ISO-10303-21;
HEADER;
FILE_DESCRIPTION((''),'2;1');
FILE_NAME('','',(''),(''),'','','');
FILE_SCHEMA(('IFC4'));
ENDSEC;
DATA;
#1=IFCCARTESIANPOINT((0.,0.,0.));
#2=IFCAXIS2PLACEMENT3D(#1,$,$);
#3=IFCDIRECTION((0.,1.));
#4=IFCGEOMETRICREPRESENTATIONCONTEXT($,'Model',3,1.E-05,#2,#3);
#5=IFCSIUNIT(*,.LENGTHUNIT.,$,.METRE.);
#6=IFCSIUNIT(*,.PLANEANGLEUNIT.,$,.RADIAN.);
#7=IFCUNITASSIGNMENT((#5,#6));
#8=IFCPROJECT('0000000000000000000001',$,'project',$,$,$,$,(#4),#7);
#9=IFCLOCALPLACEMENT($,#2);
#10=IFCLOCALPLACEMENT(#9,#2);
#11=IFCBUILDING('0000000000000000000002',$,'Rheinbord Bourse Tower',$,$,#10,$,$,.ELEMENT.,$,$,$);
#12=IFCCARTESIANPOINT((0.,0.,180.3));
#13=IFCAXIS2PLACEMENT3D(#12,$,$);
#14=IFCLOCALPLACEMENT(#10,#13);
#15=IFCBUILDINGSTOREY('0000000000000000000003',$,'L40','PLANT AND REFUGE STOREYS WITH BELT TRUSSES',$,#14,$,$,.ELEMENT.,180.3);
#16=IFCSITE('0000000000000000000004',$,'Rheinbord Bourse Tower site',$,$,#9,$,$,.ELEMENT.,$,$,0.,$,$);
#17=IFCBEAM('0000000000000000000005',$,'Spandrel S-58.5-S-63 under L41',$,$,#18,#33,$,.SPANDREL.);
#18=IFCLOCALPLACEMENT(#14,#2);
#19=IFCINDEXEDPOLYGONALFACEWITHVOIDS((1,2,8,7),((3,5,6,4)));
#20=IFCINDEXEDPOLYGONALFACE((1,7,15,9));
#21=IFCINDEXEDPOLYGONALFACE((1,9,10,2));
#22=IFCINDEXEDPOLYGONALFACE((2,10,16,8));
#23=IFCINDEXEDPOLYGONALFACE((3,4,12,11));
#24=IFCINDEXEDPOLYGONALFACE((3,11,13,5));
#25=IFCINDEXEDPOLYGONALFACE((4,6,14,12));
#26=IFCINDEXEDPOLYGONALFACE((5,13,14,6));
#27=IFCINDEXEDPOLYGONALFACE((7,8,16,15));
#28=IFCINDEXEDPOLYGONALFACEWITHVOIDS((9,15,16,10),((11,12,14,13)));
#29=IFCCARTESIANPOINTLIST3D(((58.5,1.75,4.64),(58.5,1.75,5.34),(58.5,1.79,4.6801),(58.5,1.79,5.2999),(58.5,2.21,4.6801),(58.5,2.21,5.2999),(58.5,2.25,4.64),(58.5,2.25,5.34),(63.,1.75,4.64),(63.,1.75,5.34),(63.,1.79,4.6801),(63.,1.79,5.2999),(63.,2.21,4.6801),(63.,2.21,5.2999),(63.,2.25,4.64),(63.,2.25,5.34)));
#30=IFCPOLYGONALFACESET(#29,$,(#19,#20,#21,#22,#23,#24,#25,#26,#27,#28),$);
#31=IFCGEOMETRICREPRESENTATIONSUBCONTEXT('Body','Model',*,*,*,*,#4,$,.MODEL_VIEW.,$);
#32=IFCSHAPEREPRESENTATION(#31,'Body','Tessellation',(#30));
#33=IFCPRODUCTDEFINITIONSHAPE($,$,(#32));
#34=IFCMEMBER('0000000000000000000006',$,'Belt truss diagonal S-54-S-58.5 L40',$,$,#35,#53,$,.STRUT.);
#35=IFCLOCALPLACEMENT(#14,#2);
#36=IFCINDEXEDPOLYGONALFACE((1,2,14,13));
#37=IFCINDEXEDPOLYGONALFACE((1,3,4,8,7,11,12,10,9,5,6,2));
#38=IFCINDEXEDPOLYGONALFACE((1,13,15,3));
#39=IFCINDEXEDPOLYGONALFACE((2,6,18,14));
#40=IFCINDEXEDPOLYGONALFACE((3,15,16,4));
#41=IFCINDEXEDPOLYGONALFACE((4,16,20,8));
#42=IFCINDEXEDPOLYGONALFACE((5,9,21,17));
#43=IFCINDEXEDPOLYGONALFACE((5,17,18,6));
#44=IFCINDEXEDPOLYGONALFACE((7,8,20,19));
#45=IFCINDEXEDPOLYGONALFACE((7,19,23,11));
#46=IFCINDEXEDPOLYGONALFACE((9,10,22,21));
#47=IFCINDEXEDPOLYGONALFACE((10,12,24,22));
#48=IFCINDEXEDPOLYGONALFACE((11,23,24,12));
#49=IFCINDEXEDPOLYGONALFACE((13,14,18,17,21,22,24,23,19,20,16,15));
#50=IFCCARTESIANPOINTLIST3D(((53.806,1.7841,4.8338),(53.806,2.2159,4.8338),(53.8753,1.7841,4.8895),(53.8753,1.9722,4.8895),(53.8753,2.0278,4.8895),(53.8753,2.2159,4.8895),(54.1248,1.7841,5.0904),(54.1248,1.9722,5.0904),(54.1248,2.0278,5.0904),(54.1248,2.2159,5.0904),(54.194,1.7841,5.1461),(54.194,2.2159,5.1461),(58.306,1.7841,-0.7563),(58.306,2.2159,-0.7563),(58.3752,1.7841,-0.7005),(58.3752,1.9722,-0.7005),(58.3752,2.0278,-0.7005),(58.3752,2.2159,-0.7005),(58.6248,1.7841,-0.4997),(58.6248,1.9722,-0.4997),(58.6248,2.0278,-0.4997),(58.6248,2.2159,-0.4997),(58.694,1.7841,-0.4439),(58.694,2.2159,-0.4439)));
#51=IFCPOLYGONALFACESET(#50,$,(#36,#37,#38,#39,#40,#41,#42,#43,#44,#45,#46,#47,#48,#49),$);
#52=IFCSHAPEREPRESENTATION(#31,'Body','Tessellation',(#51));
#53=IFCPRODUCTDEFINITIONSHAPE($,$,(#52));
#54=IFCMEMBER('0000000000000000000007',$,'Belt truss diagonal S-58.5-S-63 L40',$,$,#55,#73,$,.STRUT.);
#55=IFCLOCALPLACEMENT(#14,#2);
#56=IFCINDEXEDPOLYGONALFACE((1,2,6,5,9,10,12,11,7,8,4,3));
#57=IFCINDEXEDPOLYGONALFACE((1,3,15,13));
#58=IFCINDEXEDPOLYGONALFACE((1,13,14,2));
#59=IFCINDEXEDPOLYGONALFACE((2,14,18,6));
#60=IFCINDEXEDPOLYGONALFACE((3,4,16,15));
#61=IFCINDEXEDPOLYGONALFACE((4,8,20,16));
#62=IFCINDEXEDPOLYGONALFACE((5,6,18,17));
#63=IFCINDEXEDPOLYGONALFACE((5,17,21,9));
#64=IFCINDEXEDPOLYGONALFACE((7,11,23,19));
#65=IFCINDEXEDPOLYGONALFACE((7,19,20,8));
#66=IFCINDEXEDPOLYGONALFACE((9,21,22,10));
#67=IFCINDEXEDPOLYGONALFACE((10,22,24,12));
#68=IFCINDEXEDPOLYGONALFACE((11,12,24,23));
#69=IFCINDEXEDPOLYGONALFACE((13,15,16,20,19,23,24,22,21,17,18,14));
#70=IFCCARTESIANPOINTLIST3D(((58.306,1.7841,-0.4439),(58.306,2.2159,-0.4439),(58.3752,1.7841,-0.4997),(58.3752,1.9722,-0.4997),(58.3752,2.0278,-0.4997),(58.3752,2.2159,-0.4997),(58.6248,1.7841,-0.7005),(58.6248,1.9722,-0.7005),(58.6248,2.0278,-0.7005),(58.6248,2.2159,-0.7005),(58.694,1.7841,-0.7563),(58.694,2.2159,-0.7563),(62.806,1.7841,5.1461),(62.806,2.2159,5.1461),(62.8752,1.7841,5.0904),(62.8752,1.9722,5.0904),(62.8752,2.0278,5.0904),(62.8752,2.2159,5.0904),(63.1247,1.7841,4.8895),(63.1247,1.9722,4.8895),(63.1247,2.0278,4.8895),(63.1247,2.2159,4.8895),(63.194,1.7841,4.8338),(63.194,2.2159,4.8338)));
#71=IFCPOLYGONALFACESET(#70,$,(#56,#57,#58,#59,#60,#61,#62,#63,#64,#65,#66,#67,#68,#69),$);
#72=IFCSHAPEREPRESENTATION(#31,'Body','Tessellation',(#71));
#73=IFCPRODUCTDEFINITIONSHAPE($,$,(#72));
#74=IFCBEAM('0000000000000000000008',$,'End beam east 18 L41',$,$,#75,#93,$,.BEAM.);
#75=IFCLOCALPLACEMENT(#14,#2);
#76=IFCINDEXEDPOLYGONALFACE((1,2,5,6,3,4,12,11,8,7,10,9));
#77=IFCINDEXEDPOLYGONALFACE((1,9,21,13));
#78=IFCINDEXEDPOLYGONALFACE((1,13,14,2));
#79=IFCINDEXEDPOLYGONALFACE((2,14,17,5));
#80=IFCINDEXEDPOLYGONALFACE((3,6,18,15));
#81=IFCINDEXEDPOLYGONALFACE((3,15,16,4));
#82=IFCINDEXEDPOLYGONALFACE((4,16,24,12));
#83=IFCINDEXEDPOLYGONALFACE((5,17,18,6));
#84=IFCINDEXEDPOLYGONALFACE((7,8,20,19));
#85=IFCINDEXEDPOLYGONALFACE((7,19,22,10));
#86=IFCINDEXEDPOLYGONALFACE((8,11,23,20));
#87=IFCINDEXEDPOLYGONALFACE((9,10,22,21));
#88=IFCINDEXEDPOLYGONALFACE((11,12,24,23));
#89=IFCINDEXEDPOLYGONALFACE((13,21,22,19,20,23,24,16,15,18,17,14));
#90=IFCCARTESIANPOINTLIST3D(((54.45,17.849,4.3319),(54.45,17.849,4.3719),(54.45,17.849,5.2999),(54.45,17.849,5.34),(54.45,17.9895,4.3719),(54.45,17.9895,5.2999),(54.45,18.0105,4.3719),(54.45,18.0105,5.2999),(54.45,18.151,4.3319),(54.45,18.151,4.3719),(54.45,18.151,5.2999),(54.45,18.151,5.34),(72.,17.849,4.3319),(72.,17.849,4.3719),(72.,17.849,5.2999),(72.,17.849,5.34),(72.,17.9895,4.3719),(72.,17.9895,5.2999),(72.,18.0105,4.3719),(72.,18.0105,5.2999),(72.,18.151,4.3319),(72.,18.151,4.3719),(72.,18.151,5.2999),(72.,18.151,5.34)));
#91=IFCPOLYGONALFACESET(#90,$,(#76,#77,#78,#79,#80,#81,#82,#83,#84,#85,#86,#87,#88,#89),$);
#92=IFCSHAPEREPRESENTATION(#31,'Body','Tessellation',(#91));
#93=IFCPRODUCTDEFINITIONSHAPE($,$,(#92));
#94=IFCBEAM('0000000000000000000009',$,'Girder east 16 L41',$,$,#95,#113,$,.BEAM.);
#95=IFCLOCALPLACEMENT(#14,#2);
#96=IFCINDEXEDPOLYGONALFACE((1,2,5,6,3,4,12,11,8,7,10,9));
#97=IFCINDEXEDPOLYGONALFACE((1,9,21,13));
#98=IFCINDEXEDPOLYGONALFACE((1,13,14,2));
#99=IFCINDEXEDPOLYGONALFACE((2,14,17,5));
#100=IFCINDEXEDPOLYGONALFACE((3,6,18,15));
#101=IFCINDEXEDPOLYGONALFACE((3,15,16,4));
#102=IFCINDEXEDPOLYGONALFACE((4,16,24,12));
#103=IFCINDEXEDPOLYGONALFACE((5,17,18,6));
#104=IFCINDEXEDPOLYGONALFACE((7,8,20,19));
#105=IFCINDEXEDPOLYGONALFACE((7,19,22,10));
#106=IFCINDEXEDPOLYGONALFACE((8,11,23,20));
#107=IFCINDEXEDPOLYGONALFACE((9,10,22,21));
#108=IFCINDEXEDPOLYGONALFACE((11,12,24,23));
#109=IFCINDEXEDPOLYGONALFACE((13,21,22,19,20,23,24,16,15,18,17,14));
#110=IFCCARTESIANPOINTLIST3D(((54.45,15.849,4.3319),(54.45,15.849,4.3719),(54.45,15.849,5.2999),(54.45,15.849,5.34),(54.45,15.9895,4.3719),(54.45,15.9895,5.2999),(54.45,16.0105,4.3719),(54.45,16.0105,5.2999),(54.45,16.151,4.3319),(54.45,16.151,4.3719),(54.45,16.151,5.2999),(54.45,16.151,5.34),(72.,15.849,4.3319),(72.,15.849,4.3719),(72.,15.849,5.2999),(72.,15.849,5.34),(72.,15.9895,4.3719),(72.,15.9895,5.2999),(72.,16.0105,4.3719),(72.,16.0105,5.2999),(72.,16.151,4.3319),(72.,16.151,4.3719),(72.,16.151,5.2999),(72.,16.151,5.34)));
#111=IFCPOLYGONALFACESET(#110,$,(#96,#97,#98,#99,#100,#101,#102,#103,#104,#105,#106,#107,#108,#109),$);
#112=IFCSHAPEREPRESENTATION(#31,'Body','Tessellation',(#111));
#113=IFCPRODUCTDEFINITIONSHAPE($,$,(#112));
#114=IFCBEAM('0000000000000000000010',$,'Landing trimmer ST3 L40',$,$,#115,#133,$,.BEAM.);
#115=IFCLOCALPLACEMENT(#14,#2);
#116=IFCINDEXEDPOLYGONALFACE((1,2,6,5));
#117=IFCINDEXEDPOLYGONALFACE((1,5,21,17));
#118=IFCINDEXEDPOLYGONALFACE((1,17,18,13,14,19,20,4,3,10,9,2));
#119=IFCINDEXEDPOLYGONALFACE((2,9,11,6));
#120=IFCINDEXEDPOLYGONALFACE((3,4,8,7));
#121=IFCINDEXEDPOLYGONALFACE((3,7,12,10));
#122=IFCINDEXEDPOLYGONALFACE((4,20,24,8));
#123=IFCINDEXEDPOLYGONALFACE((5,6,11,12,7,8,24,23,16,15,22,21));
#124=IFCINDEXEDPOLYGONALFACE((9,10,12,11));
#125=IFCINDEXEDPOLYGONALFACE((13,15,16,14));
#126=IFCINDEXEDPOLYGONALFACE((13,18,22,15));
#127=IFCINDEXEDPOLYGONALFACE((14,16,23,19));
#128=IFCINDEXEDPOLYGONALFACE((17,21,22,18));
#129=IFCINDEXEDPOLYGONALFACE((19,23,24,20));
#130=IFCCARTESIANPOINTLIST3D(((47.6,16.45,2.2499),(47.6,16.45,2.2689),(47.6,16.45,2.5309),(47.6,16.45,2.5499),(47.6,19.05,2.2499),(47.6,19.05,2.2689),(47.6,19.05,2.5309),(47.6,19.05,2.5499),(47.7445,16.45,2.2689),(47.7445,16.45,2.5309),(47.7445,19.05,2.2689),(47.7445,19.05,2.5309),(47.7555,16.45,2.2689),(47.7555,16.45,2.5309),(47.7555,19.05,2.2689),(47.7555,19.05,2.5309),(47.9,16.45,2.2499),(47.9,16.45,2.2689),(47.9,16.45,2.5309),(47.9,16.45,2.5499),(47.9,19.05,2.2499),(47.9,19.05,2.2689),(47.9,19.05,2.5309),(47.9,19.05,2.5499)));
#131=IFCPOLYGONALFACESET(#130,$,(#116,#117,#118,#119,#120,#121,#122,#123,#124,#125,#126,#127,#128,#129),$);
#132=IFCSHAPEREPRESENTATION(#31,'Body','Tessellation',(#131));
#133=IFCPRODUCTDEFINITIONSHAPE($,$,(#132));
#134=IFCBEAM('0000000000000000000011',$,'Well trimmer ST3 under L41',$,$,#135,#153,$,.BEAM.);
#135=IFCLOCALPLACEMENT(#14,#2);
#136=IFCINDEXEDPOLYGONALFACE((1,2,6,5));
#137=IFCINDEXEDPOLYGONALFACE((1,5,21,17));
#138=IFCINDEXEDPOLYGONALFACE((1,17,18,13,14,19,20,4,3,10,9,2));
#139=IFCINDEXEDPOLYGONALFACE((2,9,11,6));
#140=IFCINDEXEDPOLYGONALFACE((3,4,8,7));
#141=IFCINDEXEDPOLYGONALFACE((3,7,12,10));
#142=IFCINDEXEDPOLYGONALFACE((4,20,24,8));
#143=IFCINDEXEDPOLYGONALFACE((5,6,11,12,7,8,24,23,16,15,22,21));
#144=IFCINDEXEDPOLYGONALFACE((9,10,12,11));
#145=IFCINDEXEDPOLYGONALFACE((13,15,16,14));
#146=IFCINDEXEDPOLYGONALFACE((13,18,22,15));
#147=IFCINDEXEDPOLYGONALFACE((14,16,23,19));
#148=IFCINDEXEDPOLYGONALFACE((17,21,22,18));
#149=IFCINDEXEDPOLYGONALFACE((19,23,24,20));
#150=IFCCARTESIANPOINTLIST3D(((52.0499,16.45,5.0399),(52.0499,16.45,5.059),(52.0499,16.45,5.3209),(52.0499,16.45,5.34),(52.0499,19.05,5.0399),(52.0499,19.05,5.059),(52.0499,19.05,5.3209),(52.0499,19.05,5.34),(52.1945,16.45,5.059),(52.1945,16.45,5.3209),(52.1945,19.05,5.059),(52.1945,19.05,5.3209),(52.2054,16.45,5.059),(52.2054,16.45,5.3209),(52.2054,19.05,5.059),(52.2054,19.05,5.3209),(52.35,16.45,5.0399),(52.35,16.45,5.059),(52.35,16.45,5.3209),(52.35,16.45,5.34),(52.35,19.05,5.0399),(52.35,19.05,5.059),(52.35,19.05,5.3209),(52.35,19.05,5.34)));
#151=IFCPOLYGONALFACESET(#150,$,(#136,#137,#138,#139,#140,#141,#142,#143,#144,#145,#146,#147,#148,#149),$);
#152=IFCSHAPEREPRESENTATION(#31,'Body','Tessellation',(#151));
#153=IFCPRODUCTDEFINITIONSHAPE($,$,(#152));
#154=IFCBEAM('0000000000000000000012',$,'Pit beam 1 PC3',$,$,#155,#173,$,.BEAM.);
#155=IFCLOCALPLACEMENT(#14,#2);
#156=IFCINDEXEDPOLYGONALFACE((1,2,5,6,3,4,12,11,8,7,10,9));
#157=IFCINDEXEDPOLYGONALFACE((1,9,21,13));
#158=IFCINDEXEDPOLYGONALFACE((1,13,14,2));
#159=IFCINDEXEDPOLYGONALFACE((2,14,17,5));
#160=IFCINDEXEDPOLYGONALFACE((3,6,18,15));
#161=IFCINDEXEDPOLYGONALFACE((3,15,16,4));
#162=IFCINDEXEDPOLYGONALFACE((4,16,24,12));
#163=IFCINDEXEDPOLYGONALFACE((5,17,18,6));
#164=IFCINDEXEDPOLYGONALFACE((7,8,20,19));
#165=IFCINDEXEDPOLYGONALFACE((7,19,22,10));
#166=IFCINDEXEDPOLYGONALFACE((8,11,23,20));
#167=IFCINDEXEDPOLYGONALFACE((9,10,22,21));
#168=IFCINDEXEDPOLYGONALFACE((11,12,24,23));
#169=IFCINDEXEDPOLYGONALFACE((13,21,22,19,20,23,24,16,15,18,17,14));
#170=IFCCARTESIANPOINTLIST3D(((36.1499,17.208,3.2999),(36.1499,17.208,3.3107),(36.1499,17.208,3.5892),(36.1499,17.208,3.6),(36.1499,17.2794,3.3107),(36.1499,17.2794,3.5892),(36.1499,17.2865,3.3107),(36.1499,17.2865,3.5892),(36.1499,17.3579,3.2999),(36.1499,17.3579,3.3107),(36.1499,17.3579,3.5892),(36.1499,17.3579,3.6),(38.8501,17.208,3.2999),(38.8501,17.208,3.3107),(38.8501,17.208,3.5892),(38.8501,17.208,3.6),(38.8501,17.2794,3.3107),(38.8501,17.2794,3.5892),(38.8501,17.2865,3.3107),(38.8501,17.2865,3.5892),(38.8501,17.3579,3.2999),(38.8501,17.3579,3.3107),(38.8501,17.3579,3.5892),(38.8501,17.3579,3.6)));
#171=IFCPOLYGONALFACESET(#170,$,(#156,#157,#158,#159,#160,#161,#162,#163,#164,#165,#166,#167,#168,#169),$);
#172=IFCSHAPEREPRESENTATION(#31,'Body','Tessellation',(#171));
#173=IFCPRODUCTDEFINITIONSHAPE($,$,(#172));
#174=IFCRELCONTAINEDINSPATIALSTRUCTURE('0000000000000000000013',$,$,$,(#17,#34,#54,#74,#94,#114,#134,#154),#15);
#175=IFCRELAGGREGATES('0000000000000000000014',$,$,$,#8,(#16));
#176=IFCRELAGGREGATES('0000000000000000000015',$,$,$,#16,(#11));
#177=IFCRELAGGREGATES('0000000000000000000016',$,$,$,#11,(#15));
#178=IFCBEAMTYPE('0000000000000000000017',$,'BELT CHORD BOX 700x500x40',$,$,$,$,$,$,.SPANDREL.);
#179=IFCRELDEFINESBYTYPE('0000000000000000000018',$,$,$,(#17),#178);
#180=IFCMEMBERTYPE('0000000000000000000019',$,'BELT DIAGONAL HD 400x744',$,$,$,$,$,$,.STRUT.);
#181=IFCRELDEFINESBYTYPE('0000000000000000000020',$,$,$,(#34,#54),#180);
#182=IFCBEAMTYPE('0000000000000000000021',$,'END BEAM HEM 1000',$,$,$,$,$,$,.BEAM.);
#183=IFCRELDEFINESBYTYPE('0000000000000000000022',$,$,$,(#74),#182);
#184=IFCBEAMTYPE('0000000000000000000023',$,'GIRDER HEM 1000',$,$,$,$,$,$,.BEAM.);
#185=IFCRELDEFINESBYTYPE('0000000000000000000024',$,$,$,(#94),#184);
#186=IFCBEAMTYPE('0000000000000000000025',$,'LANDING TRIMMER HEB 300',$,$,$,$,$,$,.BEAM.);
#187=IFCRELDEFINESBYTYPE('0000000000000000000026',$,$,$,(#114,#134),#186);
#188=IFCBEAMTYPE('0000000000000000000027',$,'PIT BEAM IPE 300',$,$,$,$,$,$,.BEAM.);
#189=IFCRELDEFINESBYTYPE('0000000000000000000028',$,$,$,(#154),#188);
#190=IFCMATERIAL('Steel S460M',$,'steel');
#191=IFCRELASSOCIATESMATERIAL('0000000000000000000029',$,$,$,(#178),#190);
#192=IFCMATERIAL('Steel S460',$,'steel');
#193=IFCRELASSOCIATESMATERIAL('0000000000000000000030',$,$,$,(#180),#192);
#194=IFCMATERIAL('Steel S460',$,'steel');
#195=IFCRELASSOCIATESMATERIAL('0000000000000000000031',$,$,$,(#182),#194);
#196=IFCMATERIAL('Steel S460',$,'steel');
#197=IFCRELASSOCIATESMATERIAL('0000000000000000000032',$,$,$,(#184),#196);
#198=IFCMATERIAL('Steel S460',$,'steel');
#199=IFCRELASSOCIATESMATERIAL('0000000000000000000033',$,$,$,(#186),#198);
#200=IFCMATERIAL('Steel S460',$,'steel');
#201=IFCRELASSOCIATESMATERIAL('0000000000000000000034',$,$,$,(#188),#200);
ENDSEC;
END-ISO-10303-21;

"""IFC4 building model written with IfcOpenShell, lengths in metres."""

from ifc_helpers import new_model, si_unit, direction, frame, origin, origin_2d, place, context, subcontext, project, spatial, hollow_rectangle, i_section, extrude, material, material_profile, profile_set, type_object, element, save


model = new_model("IFC4")

# Units and contexts
model_context = context("Model", 3, precision=1e-05, world=origin(), true_north=direction((0.0, 1.0)))
body_context = subcontext(model_context, "Body", "Model", "MODEL_VIEW")
ifc_project = project(units=[si_unit("LENGTHUNIT", "METRE"), si_unit("PLANEANGLEUNIT", "RADIAN")], contexts=[model_context])

# Site, building, storey
site_placement = place(None, origin())
site = spatial("IfcSite", under=ifc_project, at=site_placement, Name="Rheinbord Bourse Tower site", CompositionType="ELEMENT", RefElevation=0.0)
building_placement = place(site_placement, origin())
building = spatial("IfcBuilding", under=site, at=building_placement, Name="Rheinbord Bourse Tower", CompositionType="ELEMENT")
storey_placement = place(building_placement, frame((0.0, 0.0, 180.3)))
storey = spatial("IfcBuildingStorey", under=building, at=storey_placement, Name="L40", Description="PLANT AND REFUGE STOREYS WITH BELT TRUSSES", CompositionType="ELEMENT", Elevation=180.3)

# Beam
ifc_material_1 = material(Name="Steel S460M", Category="steel")
ifc_material_profile_1 = material_profile(ifc_material_1, hollow_rectangle(XDim=0.5, YDim=0.7, WallThickness=0.04, at=origin_2d()), Name="BOX 700x500x40")
ifc_profile_set_1 = profile_set([ifc_material_profile_1], Name="Steel S460M")
beam_type_1 = type_object("IfcBeamType", Name="BELT CHORD BOX 700x500x40", PredefinedType="SPANDREL", material=ifc_profile_set_1)
beam_1_placement = place(storey_placement, frame((58.5, 2.0, 4.99), z_axis=(1.0, 0.0, 0.0), x_axis=(0.0, 1.0, 0.0)))
element("IfcBeam", 1, at=beam_1_placement, inside=storey, type_object=beam_type_1, Name="Spandrel S-58.5-S-63 under L41", PredefinedType="SPANDREL", context=body_context, shape_type="SweptSolid", body=[
    extrude(hollow_rectangle(XDim=0.5, YDim=0.7, WallThickness=0.04, at=origin_2d()), origin(), (0.0, 0.0, 1.0), 4.5),
])

# Members
ifc_material_2 = material(Name="Steel S460", Category="steel")
ifc_material_profile_2 = material_profile(ifc_material_2, i_section(OverallWidth=0.4319, OverallDepth=0.498, WebThickness=0.0557, FlangeThickness=0.0889, at=origin_2d()), Name="HD 400x744")
ifc_profile_set_2 = profile_set([ifc_material_profile_2], Name="Steel S460")
member_type = type_object("IfcMemberType", Name="BELT DIAGONAL HD 400x744", PredefinedType="STRUT", material=ifc_profile_set_2)
for number, where, z_axis, x_axis, name in (
    (2, (58.5, 2.0, -0.6001), (-0.627065, 0.0, 0.778967), (0.0, -1.0, 0.0), "Belt truss diagonal S-54-S-58.5 L40"),
    (3, (58.5, 2.0, -0.6001), (0.627065, 0.0, 0.778967), (0.0, 1.0, 0.0), "Belt truss diagonal S-58.5-S-63 L40"),
):
    element("IfcMember", number, at=place(storey_placement, frame(where, z_axis=z_axis, x_axis=x_axis)), inside=storey, type_object=member_type, Name=name, PredefinedType="STRUT", context=body_context, shape_type="SweptSolid", body=[
        extrude(i_section(OverallWidth=0.4319, OverallDepth=0.498, WebThickness=0.0557, FlangeThickness=0.0889, at=origin_2d()), origin(), (0.0, 0.0, 1.0), 7.1763),
    ])

# Beams
ifc_material_3 = material(Name="Steel S460", Category="steel")
ifc_material_profile_3 = material_profile(ifc_material_3, i_section(OverallWidth=0.302, OverallDepth=1.0081, WebThickness=0.021, FlangeThickness=0.04, at=origin_2d()), Name="HEM 1000")
ifc_profile_set_3 = profile_set([ifc_material_profile_3], Name="Steel S460")
beam_type_2 = type_object("IfcBeamType", Name="END BEAM HEM 1000", PredefinedType="BEAM", material=ifc_profile_set_3)
beam_2_placement = place(storey_placement, frame((54.45, 18.0, 4.8359), z_axis=(1.0, 0.0, 0.0), x_axis=(0.0, 1.0, 0.0)))
element("IfcBeam", 4, at=beam_2_placement, inside=storey, type_object=beam_type_2, Name="End beam east 18 L41", PredefinedType="BEAM", context=body_context, shape_type="SweptSolid", body=[
    extrude(i_section(OverallWidth=0.302, OverallDepth=1.0081, WebThickness=0.021, FlangeThickness=0.04, at=origin_2d()), origin(), (0.0, 0.0, 1.0), 17.55),
])
ifc_material_4 = material(Name="Steel S460", Category="steel")
ifc_material_profile_4 = material_profile(ifc_material_4, i_section(OverallWidth=0.302, OverallDepth=1.0081, WebThickness=0.021, FlangeThickness=0.04, at=origin_2d()), Name="HEM 1000")
ifc_profile_set_4 = profile_set([ifc_material_profile_4], Name="Steel S460")
beam_type_3 = type_object("IfcBeamType", Name="GIRDER HEM 1000", PredefinedType="BEAM", material=ifc_profile_set_4)
beam_3_placement = place(storey_placement, frame((54.45, 16.0, 4.8359), z_axis=(1.0, 0.0, 0.0), x_axis=(0.0, 1.0, 0.0)))
element("IfcBeam", 5, at=beam_3_placement, inside=storey, type_object=beam_type_3, Name="Girder east 16 L41", PredefinedType="BEAM", context=body_context, shape_type="SweptSolid", body=[
    extrude(i_section(OverallWidth=0.302, OverallDepth=1.0081, WebThickness=0.021, FlangeThickness=0.04, at=origin_2d()), origin(), (0.0, 0.0, 1.0), 17.55),
])
ifc_material_5 = material(Name="Steel S460", Category="steel")
ifc_material_profile_5 = material_profile(ifc_material_5, i_section(OverallWidth=0.3, OverallDepth=0.3, WebThickness=0.011, FlangeThickness=0.019, at=origin_2d()), Name="HEB 300")
ifc_profile_set_5 = profile_set([ifc_material_profile_5], Name="Steel S460")
beam_type_4 = type_object("IfcBeamType", Name="LANDING TRIMMER HEB 300", PredefinedType="BEAM", material=ifc_profile_set_5)
for number, where, z_axis, x_axis, name in (
    (6, (47.75, 16.45, 2.3999), (0.0, 1.0, 0.0), (-1.0, 0.0, 0.0), "Landing trimmer ST3 L40"),
    (7, (52.2, 16.45, 5.1899), (0.0, 1.0, 0.0), (-1.0, 0.0, 0.0), "Well trimmer ST3 under L41"),
):
    element("IfcBeam", number, at=place(storey_placement, frame(where, z_axis=z_axis, x_axis=x_axis)), inside=storey, type_object=beam_type_4, Name=name, PredefinedType="BEAM", context=body_context, shape_type="SweptSolid", body=[
        extrude(i_section(OverallWidth=0.3, OverallDepth=0.3, WebThickness=0.011, FlangeThickness=0.019, at=origin_2d()), origin(), (0.0, 0.0, 1.0), 2.6001),
    ])
ifc_material_6 = material(Name="Steel S460", Category="steel")
ifc_material_profile_6 = material_profile(ifc_material_6, i_section(OverallWidth=0.1499, OverallDepth=0.3, WebThickness=0.0071, FlangeThickness=0.0107, at=origin_2d()), Name="IPE 300")
ifc_profile_set_6 = profile_set([ifc_material_profile_6], Name="Steel S460")
beam_type_5 = type_object("IfcBeamType", Name="PIT BEAM IPE 300", PredefinedType="BEAM", material=ifc_profile_set_6)
beam_4_placement = place(storey_placement, frame((36.1499, 17.283, 3.45), z_axis=(1.0, 0.0, 0.0), x_axis=(0.0, 1.0, 0.0)))
element("IfcBeam", 8, at=beam_4_placement, inside=storey, type_object=beam_type_5, Name="Pit beam 1 PC3", PredefinedType="BEAM", context=body_context, shape_type="SweptSolid", body=[
    extrude(i_section(OverallWidth=0.1499, OverallDepth=0.3, WebThickness=0.0071, FlangeThickness=0.0107, at=origin_2d()), origin(), (0.0, 0.0, 1.0), 2.7002),
])

save(model, "model.ifc")
